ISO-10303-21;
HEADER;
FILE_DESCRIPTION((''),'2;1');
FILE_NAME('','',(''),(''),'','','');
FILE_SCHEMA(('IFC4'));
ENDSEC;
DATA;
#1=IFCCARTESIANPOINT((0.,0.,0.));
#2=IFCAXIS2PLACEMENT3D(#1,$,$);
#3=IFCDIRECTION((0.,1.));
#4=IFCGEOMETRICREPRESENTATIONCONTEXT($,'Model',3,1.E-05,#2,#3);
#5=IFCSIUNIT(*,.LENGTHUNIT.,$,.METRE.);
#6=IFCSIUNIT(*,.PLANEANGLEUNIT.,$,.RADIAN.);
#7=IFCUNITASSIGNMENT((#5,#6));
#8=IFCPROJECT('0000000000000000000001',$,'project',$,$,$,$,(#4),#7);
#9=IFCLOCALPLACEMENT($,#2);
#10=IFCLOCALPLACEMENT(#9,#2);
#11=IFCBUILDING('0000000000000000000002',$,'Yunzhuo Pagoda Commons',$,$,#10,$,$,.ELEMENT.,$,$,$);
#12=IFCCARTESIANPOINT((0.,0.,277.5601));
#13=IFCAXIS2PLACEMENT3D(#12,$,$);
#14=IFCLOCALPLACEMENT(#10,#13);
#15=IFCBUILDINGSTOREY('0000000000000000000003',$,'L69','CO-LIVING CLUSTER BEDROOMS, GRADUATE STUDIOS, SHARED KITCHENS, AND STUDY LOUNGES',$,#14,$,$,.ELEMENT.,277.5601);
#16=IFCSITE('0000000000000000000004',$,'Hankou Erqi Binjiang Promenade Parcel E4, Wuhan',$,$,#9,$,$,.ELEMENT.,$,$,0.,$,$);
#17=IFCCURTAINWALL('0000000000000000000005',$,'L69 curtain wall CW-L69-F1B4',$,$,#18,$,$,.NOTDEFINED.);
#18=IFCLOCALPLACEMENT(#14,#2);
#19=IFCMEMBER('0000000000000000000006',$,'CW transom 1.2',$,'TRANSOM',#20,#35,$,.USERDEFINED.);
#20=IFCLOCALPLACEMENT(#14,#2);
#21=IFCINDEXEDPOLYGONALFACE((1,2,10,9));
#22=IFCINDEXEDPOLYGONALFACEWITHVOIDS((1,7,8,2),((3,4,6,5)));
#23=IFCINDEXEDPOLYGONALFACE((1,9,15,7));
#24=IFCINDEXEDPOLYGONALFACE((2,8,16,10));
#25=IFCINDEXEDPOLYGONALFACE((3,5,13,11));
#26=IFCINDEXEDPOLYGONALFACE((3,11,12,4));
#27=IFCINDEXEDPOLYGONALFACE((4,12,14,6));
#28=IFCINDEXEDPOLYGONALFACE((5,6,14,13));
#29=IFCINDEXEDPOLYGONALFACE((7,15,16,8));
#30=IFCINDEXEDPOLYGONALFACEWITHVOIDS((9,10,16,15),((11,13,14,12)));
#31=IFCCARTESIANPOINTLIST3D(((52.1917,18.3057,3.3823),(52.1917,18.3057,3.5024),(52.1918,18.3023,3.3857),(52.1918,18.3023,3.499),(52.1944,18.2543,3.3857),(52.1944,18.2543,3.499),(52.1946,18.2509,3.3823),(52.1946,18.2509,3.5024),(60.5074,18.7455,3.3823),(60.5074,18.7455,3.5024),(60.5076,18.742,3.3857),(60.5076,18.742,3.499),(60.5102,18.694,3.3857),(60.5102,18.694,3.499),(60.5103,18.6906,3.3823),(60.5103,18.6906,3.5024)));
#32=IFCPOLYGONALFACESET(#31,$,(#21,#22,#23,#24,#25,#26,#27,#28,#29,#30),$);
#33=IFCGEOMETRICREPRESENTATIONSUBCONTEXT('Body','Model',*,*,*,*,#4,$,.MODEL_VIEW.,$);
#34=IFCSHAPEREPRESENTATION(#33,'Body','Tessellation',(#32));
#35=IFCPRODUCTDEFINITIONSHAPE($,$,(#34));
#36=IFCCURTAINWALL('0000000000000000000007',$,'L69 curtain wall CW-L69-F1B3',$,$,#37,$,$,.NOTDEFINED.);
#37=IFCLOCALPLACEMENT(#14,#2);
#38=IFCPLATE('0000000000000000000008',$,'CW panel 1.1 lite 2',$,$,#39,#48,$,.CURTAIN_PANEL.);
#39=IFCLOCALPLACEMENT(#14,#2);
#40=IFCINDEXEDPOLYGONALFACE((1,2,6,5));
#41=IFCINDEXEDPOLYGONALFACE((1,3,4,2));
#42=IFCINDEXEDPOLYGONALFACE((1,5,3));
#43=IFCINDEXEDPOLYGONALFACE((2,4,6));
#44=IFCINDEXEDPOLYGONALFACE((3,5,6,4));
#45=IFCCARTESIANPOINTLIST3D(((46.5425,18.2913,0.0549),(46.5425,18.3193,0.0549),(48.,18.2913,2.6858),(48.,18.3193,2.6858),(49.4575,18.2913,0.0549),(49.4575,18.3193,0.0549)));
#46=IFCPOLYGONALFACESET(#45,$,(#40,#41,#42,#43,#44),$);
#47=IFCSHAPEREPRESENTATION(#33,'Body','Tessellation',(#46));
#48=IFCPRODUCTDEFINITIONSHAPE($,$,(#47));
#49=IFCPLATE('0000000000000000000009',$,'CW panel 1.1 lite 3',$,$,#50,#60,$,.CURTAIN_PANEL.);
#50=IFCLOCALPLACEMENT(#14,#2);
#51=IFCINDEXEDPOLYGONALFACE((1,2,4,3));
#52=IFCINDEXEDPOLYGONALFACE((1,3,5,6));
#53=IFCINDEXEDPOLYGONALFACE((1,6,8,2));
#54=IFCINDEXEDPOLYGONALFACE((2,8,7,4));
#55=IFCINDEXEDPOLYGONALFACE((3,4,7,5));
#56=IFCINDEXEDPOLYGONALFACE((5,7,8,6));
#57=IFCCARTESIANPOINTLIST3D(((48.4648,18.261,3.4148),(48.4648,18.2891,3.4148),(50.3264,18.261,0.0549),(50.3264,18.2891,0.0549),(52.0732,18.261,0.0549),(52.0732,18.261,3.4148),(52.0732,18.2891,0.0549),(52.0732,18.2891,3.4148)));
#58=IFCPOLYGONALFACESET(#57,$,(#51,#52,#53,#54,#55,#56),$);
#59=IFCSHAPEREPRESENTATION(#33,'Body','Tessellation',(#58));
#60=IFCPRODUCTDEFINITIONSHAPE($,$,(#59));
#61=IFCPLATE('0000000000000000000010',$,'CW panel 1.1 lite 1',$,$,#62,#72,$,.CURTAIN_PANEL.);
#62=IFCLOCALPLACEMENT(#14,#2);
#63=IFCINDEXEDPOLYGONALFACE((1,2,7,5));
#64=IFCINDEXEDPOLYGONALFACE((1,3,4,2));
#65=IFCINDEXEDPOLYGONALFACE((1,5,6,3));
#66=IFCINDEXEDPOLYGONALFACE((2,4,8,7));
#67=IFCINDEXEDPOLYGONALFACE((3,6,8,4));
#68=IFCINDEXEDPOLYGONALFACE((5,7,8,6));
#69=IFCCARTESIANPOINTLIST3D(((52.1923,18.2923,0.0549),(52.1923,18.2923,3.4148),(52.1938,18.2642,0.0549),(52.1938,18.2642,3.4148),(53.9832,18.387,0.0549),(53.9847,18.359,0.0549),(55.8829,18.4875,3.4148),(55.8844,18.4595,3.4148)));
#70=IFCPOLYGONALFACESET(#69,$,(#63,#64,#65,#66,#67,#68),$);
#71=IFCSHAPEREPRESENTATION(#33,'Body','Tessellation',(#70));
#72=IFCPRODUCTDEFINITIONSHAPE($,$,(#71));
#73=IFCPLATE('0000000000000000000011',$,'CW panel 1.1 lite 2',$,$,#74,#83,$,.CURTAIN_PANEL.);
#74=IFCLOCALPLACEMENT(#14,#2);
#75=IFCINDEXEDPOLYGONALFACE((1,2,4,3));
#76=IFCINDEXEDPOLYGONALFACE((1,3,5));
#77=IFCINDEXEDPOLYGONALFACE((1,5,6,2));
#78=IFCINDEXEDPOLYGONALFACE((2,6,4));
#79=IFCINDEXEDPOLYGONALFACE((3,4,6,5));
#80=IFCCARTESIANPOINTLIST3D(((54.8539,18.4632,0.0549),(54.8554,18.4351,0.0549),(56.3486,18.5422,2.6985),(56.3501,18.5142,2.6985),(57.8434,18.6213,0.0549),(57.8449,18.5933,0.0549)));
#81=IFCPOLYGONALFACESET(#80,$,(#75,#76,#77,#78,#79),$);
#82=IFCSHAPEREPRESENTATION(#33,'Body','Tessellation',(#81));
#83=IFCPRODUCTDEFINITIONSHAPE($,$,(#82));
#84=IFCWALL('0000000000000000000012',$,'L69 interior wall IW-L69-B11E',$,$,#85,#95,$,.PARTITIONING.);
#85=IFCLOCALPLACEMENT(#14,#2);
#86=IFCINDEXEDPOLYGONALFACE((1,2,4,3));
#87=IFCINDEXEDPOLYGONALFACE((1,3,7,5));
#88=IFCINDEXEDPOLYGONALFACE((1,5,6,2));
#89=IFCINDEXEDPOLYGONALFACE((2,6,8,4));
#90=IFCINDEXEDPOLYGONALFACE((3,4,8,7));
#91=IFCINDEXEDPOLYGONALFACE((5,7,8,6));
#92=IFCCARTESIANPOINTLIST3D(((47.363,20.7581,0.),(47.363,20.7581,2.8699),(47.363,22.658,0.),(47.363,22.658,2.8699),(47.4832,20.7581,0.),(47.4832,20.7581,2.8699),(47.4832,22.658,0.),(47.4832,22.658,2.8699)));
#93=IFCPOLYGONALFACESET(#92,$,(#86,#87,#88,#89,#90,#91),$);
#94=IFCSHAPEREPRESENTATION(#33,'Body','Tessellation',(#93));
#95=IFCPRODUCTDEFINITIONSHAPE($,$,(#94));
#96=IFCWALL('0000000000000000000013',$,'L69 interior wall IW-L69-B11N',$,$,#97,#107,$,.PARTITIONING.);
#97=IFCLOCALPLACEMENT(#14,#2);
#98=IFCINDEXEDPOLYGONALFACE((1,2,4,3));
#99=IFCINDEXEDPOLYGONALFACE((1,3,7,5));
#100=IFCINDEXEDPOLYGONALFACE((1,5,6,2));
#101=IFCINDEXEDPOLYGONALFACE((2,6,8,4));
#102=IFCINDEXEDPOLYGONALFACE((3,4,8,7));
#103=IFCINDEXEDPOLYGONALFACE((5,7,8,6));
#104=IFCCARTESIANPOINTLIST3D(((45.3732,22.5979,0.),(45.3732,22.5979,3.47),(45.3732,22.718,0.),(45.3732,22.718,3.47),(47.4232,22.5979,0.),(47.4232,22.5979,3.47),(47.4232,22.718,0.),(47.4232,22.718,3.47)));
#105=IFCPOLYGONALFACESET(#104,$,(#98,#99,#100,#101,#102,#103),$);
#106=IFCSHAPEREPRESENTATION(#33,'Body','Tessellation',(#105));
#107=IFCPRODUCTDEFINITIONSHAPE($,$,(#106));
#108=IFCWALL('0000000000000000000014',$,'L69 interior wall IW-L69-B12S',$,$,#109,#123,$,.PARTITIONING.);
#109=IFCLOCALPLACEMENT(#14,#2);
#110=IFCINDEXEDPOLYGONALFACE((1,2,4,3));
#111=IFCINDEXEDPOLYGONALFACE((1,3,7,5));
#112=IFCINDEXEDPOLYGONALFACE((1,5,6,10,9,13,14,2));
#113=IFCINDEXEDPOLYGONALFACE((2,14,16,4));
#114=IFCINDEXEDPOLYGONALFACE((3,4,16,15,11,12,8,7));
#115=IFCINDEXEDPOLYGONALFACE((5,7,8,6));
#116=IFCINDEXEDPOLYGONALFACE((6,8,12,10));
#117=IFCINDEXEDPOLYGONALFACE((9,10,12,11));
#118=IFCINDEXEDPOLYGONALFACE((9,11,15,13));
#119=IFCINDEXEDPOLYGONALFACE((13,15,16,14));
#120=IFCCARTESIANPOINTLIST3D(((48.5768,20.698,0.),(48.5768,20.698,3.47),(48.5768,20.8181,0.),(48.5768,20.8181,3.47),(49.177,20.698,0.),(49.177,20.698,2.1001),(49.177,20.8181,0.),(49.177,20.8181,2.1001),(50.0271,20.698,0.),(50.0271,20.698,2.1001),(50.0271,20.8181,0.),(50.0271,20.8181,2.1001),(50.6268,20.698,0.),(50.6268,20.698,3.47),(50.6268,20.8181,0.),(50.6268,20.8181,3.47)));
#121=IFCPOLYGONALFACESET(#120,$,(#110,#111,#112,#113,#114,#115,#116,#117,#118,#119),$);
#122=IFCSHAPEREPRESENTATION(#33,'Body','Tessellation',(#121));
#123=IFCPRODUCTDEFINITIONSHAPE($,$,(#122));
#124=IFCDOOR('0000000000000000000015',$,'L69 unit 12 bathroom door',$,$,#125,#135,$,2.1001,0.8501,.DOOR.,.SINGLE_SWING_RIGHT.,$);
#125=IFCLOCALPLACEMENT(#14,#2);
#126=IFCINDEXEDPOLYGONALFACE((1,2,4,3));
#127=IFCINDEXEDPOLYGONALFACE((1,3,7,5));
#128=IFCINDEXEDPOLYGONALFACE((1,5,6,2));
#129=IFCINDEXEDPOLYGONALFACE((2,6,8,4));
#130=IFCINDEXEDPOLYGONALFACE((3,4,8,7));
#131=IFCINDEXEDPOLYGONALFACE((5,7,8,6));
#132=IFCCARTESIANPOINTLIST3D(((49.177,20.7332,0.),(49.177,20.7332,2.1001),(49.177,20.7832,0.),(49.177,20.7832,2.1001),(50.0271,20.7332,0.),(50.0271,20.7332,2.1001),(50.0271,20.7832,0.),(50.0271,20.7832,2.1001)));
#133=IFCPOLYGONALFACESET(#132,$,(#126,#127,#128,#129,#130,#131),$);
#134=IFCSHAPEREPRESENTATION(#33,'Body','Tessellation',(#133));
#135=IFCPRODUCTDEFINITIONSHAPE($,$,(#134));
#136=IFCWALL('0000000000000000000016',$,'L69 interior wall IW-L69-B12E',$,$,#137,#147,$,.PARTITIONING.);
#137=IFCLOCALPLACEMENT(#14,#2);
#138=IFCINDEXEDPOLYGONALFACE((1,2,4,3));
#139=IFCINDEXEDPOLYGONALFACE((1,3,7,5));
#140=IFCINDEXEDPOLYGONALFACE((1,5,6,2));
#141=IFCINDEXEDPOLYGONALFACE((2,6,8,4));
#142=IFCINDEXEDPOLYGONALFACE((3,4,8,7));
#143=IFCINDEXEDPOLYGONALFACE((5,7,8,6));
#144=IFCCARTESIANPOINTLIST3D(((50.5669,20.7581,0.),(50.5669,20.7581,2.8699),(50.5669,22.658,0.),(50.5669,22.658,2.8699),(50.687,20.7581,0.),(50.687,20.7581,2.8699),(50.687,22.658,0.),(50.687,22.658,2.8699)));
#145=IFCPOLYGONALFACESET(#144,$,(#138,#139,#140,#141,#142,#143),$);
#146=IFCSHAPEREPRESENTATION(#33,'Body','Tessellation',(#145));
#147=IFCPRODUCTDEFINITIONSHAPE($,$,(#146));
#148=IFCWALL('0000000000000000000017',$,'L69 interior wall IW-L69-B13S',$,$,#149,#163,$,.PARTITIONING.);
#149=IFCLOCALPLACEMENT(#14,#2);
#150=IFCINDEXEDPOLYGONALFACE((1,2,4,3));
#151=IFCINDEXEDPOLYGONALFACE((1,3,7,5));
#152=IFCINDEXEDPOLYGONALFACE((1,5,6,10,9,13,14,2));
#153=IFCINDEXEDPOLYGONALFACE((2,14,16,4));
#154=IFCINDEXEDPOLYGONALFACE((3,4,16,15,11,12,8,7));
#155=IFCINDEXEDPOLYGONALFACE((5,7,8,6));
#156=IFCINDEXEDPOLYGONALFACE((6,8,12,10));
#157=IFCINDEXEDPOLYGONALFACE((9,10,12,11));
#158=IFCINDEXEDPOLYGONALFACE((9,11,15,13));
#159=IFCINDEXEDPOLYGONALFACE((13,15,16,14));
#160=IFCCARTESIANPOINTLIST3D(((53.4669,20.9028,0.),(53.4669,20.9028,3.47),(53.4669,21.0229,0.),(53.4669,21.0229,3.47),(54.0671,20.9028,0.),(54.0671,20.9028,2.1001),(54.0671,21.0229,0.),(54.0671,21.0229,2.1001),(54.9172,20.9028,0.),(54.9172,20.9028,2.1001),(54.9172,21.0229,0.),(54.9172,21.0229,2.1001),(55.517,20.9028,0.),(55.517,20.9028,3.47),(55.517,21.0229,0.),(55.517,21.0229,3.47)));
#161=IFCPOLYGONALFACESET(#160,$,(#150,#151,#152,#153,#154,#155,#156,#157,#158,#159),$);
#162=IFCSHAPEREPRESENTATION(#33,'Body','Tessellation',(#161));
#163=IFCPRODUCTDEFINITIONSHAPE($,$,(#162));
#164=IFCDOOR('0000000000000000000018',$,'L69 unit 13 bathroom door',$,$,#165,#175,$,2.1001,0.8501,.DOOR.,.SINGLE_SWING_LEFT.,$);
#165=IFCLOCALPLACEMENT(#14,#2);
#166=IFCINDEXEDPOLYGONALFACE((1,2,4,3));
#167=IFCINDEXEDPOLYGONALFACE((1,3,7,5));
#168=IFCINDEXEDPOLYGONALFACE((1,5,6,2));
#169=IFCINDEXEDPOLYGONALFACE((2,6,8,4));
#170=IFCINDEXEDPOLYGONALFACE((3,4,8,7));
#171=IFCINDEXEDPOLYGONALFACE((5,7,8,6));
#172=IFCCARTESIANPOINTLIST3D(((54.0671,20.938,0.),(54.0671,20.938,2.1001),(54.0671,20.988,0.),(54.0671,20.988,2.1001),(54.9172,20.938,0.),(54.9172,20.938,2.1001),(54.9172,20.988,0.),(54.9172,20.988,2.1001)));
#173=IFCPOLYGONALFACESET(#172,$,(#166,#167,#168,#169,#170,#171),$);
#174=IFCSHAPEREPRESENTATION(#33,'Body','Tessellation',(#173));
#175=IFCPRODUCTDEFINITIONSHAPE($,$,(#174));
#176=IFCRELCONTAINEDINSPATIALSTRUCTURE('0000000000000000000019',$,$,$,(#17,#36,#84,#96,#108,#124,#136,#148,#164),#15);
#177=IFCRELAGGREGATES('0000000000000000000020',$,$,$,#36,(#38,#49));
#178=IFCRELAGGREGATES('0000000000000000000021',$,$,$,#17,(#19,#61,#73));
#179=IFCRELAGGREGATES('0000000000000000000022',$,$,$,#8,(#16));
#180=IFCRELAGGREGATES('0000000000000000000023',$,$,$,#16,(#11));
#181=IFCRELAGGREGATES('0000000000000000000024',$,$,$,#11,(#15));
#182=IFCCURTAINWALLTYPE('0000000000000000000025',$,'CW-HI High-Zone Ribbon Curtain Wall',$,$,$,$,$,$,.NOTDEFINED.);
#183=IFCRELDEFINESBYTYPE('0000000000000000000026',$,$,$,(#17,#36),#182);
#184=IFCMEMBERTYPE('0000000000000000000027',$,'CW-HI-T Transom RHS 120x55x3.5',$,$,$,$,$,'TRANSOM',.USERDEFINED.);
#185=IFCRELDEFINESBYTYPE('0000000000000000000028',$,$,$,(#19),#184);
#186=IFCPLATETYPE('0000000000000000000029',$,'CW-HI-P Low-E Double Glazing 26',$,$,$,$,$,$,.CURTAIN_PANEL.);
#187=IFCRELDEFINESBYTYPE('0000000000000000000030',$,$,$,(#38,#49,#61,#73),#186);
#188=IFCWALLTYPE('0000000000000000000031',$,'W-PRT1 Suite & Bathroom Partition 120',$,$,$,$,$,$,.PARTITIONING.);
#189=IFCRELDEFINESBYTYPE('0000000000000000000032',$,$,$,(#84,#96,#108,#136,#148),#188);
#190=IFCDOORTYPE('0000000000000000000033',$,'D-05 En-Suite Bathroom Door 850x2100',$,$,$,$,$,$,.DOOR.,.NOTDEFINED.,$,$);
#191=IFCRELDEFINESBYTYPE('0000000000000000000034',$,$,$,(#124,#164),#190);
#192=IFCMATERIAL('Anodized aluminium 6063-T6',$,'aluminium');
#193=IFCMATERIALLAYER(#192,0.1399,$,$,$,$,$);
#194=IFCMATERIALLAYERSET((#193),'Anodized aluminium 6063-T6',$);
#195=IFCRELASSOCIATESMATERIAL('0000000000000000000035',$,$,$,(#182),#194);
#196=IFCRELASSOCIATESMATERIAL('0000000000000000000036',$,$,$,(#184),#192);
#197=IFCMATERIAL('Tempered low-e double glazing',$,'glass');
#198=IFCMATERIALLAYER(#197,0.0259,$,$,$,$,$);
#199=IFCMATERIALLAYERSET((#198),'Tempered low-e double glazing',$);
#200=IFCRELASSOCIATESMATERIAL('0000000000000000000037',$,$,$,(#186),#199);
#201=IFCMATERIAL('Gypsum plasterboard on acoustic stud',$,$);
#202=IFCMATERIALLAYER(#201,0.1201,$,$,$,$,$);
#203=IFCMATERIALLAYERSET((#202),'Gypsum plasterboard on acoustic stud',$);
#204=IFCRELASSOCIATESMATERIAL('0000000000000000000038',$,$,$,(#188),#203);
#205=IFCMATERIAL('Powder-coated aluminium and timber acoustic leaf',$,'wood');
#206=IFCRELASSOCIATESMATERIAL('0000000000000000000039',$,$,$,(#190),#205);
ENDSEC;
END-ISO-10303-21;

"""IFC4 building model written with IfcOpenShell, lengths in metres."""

from ifc_helpers import new_model, si_unit, direction, frame, frame_2d, origin, origin_2d, place, context, subcontext, project, spatial, polyline, rectangle, hollow_rectangle, outline, extrude, source, transform, mapped, material, layer, layer_set, material_profile, profile_set, type_object, element, fill, aggregate, save


model = new_model("IFC4")

# Units and contexts
model_context = context("Model", 3, precision=1e-05, world=origin(), true_north=direction((0.0, 1.0)))
body_context = subcontext(model_context, "Body", "Model", "MODEL_VIEW")
ifc_project = project(units=[si_unit("LENGTHUNIT", "METRE"), si_unit("PLANEANGLEUNIT", "RADIAN")], contexts=[model_context])

# Site, building, storey
site_placement = place(None, origin())
site = spatial("IfcSite", under=ifc_project, at=site_placement, Name="Hankou Erqi Binjiang Promenade Parcel E4, Wuhan", CompositionType="ELEMENT", RefElevation=0.0)
building_placement = place(site_placement, origin())
building = spatial("IfcBuilding", under=site, at=building_placement, Name="Yunzhuo Pagoda Commons", CompositionType="ELEMENT")
storey_placement = place(building_placement, frame((0.0, 0.0, 277.5601)))
storey = spatial("IfcBuildingStorey", under=building, at=storey_placement, Name="L69", Description="CO-LIVING CLUSTER BEDROOMS, GRADUATE STUDIOS, SHARED KITCHENS, AND STUDY LOUNGES", CompositionType="ELEMENT", Elevation=277.5601)

# Curtain wall, member
ifc_material_1 = material(Name="Anodized aluminium 6063-T6", Category="aluminium")
ifc_layer_1 = layer(ifc_material_1, 0.1399)
ifc_layer_set_1 = layer_set([ifc_layer_1], Name="Anodized aluminium 6063-T6")
curtain_wall_type = type_object("IfcCurtainWallType", Name="CW-HI High-Zone Ribbon Curtain Wall", PredefinedType="NOTDEFINED", material=ifc_layer_set_1)
curtain_wall_1_placement = place(storey_placement, origin())
curtain_wall_1 = element("IfcCurtainWall", 1, at=curtain_wall_1_placement, inside=storey, type_object=curtain_wall_type, Name="L69 curtain wall CW-L69-F1B4", PredefinedType="NOTDEFINED")
ifc_material_profile_1 = material_profile(ifc_material_1, hollow_rectangle(XDim=0.0549, YDim=0.1201, WallThickness=0.0034, at=origin_2d()), Name="Anodized aluminium 6063-T6")
ifc_profile_set_1 = profile_set([ifc_material_profile_1], Name="Anodized aluminium 6063-T6")
member_type_1 = type_object("IfcMemberType", Name="CW-HI-T Transom RHS 120x55x3.5", ElementType="TRANSOM", PredefinedType="USERDEFINED", material=ifc_profile_set_1)
shared_shape_1 = source(origin(), body_context, "Body", "SweptSolid", [
    extrude(hollow_rectangle(XDim=0.0549, YDim=0.1201, WallThickness=0.0034, at=origin_2d()), origin(), (0.0, 0.0, 1.0), 8.3274),
])
member_1_placement = place(storey_placement, frame((52.1931, 18.2783, 3.4424), z_axis=(0.998605, 0.052802, 0.0), x_axis=(-0.052802, 0.998605, 0.0)))
member_1 = element("IfcMember", 2, at=member_1_placement, type_object=member_type_1, Name="CW transom 1.2", ObjectType="TRANSOM", PredefinedType="USERDEFINED", context=body_context, shape_type="MappedRepresentation", body=[
    mapped(shared_shape_1, transform((0.0, 0.0, 0.0), scale=1.0)),
])

# Curtain wall, plates
curtain_wall_2_placement = place(storey_placement, origin())
curtain_wall_2 = element("IfcCurtainWall", 3, at=curtain_wall_2_placement, inside=storey, type_object=curtain_wall_type, Name="L69 curtain wall CW-L69-F1B3", PredefinedType="NOTDEFINED")
ifc_material_2 = material(Name="Tempered low-e double glazing", Category="glass")
ifc_layer_2 = layer(ifc_material_2, 0.0259)
ifc_layer_set_2 = layer_set([ifc_layer_2], Name="Tempered low-e double glazing")
plate_type = type_object("IfcPlateType", Name="CW-HI-P Low-E Double Glazing 26", PredefinedType="CURTAIN_PANEL", material=ifc_layer_set_2)
plate_1_placement = place(storey_placement, frame((48.0, 18.3193, 1.3704), z_axis=(0.0, -1.0, 0.0), x_axis=(1.0, 0.0, 0.0)))
plate_1 = element("IfcPlate", 4, at=plate_1_placement, type_object=plate_type, Name="CW panel 1.1 lite 2", PredefinedType="CURTAIN_PANEL", context=body_context, shape_type="SweptSolid", body=[
    extrude(outline(polyline([(-1.4575, -1.3154), (1.4575, -1.3154), (0.0, 1.3154), (-1.4575, -1.3154)])), origin(), (0.0, 0.0, 1.0), 0.0281),
])
plate_2_placement = place(storey_placement, frame((50.269, 18.2891, 1.7349), z_axis=(0.0, -1.0, 0.0), x_axis=(1.0, 0.0, 0.0)))
plate_2 = element("IfcPlate", 5, at=plate_2_placement, type_object=plate_type, Name="CW panel 1.1 lite 3", PredefinedType="CURTAIN_PANEL", context=body_context, shape_type="SweptSolid", body=[
    extrude(outline(polyline([(-1.8042, 1.6799), (0.0574, -1.6799), (1.8042, -1.6799), (1.8042, 1.6799), (-1.8042, 1.6799)])), origin(), (0.0, 0.0, 1.0), 0.0281),
])
aggregate(curtain_wall_2, [plate_1, plate_2])

# Plates
plate_3_placement = place(storey_placement, frame((54.0376, 18.3899, 1.7349), z_axis=(0.052822, -0.998604, 0.0), x_axis=(0.998604, 0.052822, 0.0)))
plate_3 = element("IfcPlate", 6, at=plate_3_placement, type_object=plate_type, Name="CW panel 1.1 lite 1", PredefinedType="CURTAIN_PANEL", context=body_context, shape_type="SweptSolid", body=[
    extrude(outline(polyline([(-1.8479, -1.6799), (-0.0544, -1.6799), (1.8479, 1.6799), (-1.8479, 1.6799), (-1.8479, -1.6799)])), origin(), (0.0, 0.0, 1.0), 0.0281),
])
plate_4_placement = place(storey_placement, frame((56.3486, 18.5422, 1.3767), z_axis=(0.052822, -0.998604, 0.0), x_axis=(0.998604, 0.052822, 0.0)))
plate_4 = element("IfcPlate", 7, at=plate_4_placement, type_object=plate_type, Name="CW panel 1.1 lite 2", PredefinedType="CURTAIN_PANEL", context=body_context, shape_type="SweptSolid", body=[
    extrude(outline(polyline([(-1.4968, -1.3218), (1.4968, -1.3218), (0.0, 1.3218), (-1.4968, -1.3218)])), origin(), (0.0, 0.0, 1.0), 0.0281),
])
aggregate(curtain_wall_1, [member_1, plate_3, plate_4])

# Walls
ifc_material_3 = material(Name="Gypsum plasterboard on acoustic stud")
ifc_layer_3 = layer(ifc_material_3, 0.1201)
ifc_layer_set_3 = layer_set([ifc_layer_3], Name="Gypsum plasterboard on acoustic stud")
wall_type = type_object("IfcWallType", Name="W-PRT1 Suite & Bathroom Partition 120", PredefinedType="PARTITIONING", material=ifc_layer_set_3)
wall_1_placement = place(storey_placement, frame((47.4231, 20.7581, 0.0), z_axis=(0.0, 0.0, 1.0), x_axis=(0.0, 1.0, 0.0)))
element("IfcWall", 8, at=wall_1_placement, inside=storey, type_object=wall_type, Name="L69 interior wall IW-L69-B11E", PredefinedType="PARTITIONING", context=body_context, shape_type="SweptSolid", body=[
    extrude(rectangle(XDim=1.8999, YDim=0.1201, at=frame_2d((0.95, 0.0))), origin(), (0.0, 0.0, 1.0), 2.8699),
])
wall_2_placement = place(storey_placement, frame((47.4231, 22.658, 0.0), z_axis=(0.0, 0.0, 1.0), x_axis=(-1.0, 0.0, 0.0)))
element("IfcWall", 9, at=wall_2_placement, inside=storey, type_object=wall_type, Name="L69 interior wall IW-L69-B11N", PredefinedType="PARTITIONING", context=body_context, shape_type="SweptSolid", body=[
    extrude(rectangle(XDim=2.05, YDim=0.1201, at=frame_2d((1.0249, 0.0))), origin(), (0.0, 0.0, 1.0), 3.47),
])

# Wall, opening, door
wall_3_placement = place(storey_placement, frame((48.5769, 20.7581, 0.0), z_axis=(0.0, 0.0, 1.0), x_axis=(1.0, 0.0, 0.0)))
wall_3 = element("IfcWall", 10, at=wall_3_placement, inside=storey, type_object=wall_type, Name="L69 interior wall IW-L69-B12S", PredefinedType="PARTITIONING", context=body_context, shape_type="SweptSolid", body=[
    extrude(rectangle(XDim=2.05, YDim=0.1201, at=frame_2d((1.0249, 0.0))), origin(), (0.0, 0.0, 1.0), 3.47),
])
opening_1_placement = place(wall_3_placement, frame((0.6001, 0.0, 0.0)))
opening_1 = element("IfcOpeningElement", 11, at=opening_1_placement, cuts=wall_3, PredefinedType="OPENING", context=body_context, shape_type="SweptSolid", body=[
    extrude(rectangle(XDim=0.8501, YDim=2.1001, at=frame_2d((0.425, 1.05))), frame((0.0, 0.0701, 0.0), z_axis=(0.0, -1.0, 0.0), x_axis=(1.0, 0.0, 0.0)), (0.0, 0.0, 1.0), 0.1401),
])
ifc_material_4 = material(Name="Powder-coated aluminium and timber acoustic leaf", Category="wood")
door_type = type_object("IfcDoorType", Name="D-05 En-Suite Bathroom Door 850x2100", OperationType="NOTDEFINED", PredefinedType="DOOR", material=ifc_material_4)
shared_shape_2 = source(origin(), body_context, "Body", "SweptSolid", [
    extrude(rectangle(XDim=0.8501, YDim=2.1001, at=frame_2d((0.425, 1.05))), frame((0.0, 0.0249, 0.0), z_axis=(0.0, -1.0, 0.0), x_axis=(1.0, 0.0, 0.0)), (0.0, 0.0, 1.0), 0.05),
])
door_1_placement = place(opening_1_placement, frame((0.8501, 0.0, 0.0), z_axis=(0.0, 0.0, 1.0), x_axis=(-1.0, 0.0, 0.0)))
door_1 = element("IfcDoor", 12, at=door_1_placement, inside=storey, type_object=door_type, Name="L69 unit 12 bathroom door", OperationType="SINGLE_SWING_RIGHT", OverallHeight=2.1001, OverallWidth=0.8501, PredefinedType="DOOR", context=body_context, shape_type="MappedRepresentation", body=[
    mapped(shared_shape_2, transform((0.0, 0.0, 0.0), scale=1.0)),
])
fill(opening_1, door_1)

# Wall
wall_4_placement = place(storey_placement, frame((50.627, 20.7581, 0.0), z_axis=(0.0, 0.0, 1.0), x_axis=(0.0, 1.0, 0.0)))
element("IfcWall", 13, at=wall_4_placement, inside=storey, type_object=wall_type, Name="L69 interior wall IW-L69-B12E", PredefinedType="PARTITIONING", context=body_context, shape_type="SweptSolid", body=[
    extrude(rectangle(XDim=1.8999, YDim=0.1201, at=frame_2d((0.95, 0.0))), origin(), (0.0, 0.0, 1.0), 2.8699),
])

# Wall, opening, door
wall_5_placement = place(storey_placement, frame((53.467, 20.9629, 0.0), z_axis=(0.0, 0.0, 1.0), x_axis=(1.0, 0.0, 0.0)))
wall_5 = element("IfcWall", 14, at=wall_5_placement, inside=storey, type_object=wall_type, Name="L69 interior wall IW-L69-B13S", PredefinedType="PARTITIONING", context=body_context, shape_type="SweptSolid", body=[
    extrude(rectangle(XDim=2.05, YDim=0.1201, at=frame_2d((1.0249, 0.0))), origin(), (0.0, 0.0, 1.0), 3.47),
])
opening_2_placement = place(wall_5_placement, frame((0.6001, 0.0, 0.0)))
opening_2 = element("IfcOpeningElement", 15, at=opening_2_placement, cuts=wall_5, PredefinedType="OPENING", context=body_context, shape_type="SweptSolid", body=[
    extrude(rectangle(XDim=0.8501, YDim=2.1001, at=frame_2d((0.425, 1.05))), frame((0.0, 0.0701, 0.0), z_axis=(0.0, -1.0, 0.0), x_axis=(1.0, 0.0, 0.0)), (0.0, 0.0, 1.0), 0.1401),
])
door_2_placement = place(opening_2_placement, frame((0.8501, 0.0, 0.0), z_axis=(0.0, 0.0, 1.0), x_axis=(-1.0, 0.0, 0.0)))
door_2 = element("IfcDoor", 16, at=door_2_placement, inside=storey, type_object=door_type, Name="L69 unit 13 bathroom door", OperationType="SINGLE_SWING_LEFT", OverallHeight=2.1001, OverallWidth=0.8501, PredefinedType="DOOR", context=body_context, shape_type="MappedRepresentation", body=[
    mapped(shared_shape_2, transform((0.0, 0.0, 0.0), scale=1.0)),
])
fill(opening_2, door_2)

save(model, "model.ifc")
